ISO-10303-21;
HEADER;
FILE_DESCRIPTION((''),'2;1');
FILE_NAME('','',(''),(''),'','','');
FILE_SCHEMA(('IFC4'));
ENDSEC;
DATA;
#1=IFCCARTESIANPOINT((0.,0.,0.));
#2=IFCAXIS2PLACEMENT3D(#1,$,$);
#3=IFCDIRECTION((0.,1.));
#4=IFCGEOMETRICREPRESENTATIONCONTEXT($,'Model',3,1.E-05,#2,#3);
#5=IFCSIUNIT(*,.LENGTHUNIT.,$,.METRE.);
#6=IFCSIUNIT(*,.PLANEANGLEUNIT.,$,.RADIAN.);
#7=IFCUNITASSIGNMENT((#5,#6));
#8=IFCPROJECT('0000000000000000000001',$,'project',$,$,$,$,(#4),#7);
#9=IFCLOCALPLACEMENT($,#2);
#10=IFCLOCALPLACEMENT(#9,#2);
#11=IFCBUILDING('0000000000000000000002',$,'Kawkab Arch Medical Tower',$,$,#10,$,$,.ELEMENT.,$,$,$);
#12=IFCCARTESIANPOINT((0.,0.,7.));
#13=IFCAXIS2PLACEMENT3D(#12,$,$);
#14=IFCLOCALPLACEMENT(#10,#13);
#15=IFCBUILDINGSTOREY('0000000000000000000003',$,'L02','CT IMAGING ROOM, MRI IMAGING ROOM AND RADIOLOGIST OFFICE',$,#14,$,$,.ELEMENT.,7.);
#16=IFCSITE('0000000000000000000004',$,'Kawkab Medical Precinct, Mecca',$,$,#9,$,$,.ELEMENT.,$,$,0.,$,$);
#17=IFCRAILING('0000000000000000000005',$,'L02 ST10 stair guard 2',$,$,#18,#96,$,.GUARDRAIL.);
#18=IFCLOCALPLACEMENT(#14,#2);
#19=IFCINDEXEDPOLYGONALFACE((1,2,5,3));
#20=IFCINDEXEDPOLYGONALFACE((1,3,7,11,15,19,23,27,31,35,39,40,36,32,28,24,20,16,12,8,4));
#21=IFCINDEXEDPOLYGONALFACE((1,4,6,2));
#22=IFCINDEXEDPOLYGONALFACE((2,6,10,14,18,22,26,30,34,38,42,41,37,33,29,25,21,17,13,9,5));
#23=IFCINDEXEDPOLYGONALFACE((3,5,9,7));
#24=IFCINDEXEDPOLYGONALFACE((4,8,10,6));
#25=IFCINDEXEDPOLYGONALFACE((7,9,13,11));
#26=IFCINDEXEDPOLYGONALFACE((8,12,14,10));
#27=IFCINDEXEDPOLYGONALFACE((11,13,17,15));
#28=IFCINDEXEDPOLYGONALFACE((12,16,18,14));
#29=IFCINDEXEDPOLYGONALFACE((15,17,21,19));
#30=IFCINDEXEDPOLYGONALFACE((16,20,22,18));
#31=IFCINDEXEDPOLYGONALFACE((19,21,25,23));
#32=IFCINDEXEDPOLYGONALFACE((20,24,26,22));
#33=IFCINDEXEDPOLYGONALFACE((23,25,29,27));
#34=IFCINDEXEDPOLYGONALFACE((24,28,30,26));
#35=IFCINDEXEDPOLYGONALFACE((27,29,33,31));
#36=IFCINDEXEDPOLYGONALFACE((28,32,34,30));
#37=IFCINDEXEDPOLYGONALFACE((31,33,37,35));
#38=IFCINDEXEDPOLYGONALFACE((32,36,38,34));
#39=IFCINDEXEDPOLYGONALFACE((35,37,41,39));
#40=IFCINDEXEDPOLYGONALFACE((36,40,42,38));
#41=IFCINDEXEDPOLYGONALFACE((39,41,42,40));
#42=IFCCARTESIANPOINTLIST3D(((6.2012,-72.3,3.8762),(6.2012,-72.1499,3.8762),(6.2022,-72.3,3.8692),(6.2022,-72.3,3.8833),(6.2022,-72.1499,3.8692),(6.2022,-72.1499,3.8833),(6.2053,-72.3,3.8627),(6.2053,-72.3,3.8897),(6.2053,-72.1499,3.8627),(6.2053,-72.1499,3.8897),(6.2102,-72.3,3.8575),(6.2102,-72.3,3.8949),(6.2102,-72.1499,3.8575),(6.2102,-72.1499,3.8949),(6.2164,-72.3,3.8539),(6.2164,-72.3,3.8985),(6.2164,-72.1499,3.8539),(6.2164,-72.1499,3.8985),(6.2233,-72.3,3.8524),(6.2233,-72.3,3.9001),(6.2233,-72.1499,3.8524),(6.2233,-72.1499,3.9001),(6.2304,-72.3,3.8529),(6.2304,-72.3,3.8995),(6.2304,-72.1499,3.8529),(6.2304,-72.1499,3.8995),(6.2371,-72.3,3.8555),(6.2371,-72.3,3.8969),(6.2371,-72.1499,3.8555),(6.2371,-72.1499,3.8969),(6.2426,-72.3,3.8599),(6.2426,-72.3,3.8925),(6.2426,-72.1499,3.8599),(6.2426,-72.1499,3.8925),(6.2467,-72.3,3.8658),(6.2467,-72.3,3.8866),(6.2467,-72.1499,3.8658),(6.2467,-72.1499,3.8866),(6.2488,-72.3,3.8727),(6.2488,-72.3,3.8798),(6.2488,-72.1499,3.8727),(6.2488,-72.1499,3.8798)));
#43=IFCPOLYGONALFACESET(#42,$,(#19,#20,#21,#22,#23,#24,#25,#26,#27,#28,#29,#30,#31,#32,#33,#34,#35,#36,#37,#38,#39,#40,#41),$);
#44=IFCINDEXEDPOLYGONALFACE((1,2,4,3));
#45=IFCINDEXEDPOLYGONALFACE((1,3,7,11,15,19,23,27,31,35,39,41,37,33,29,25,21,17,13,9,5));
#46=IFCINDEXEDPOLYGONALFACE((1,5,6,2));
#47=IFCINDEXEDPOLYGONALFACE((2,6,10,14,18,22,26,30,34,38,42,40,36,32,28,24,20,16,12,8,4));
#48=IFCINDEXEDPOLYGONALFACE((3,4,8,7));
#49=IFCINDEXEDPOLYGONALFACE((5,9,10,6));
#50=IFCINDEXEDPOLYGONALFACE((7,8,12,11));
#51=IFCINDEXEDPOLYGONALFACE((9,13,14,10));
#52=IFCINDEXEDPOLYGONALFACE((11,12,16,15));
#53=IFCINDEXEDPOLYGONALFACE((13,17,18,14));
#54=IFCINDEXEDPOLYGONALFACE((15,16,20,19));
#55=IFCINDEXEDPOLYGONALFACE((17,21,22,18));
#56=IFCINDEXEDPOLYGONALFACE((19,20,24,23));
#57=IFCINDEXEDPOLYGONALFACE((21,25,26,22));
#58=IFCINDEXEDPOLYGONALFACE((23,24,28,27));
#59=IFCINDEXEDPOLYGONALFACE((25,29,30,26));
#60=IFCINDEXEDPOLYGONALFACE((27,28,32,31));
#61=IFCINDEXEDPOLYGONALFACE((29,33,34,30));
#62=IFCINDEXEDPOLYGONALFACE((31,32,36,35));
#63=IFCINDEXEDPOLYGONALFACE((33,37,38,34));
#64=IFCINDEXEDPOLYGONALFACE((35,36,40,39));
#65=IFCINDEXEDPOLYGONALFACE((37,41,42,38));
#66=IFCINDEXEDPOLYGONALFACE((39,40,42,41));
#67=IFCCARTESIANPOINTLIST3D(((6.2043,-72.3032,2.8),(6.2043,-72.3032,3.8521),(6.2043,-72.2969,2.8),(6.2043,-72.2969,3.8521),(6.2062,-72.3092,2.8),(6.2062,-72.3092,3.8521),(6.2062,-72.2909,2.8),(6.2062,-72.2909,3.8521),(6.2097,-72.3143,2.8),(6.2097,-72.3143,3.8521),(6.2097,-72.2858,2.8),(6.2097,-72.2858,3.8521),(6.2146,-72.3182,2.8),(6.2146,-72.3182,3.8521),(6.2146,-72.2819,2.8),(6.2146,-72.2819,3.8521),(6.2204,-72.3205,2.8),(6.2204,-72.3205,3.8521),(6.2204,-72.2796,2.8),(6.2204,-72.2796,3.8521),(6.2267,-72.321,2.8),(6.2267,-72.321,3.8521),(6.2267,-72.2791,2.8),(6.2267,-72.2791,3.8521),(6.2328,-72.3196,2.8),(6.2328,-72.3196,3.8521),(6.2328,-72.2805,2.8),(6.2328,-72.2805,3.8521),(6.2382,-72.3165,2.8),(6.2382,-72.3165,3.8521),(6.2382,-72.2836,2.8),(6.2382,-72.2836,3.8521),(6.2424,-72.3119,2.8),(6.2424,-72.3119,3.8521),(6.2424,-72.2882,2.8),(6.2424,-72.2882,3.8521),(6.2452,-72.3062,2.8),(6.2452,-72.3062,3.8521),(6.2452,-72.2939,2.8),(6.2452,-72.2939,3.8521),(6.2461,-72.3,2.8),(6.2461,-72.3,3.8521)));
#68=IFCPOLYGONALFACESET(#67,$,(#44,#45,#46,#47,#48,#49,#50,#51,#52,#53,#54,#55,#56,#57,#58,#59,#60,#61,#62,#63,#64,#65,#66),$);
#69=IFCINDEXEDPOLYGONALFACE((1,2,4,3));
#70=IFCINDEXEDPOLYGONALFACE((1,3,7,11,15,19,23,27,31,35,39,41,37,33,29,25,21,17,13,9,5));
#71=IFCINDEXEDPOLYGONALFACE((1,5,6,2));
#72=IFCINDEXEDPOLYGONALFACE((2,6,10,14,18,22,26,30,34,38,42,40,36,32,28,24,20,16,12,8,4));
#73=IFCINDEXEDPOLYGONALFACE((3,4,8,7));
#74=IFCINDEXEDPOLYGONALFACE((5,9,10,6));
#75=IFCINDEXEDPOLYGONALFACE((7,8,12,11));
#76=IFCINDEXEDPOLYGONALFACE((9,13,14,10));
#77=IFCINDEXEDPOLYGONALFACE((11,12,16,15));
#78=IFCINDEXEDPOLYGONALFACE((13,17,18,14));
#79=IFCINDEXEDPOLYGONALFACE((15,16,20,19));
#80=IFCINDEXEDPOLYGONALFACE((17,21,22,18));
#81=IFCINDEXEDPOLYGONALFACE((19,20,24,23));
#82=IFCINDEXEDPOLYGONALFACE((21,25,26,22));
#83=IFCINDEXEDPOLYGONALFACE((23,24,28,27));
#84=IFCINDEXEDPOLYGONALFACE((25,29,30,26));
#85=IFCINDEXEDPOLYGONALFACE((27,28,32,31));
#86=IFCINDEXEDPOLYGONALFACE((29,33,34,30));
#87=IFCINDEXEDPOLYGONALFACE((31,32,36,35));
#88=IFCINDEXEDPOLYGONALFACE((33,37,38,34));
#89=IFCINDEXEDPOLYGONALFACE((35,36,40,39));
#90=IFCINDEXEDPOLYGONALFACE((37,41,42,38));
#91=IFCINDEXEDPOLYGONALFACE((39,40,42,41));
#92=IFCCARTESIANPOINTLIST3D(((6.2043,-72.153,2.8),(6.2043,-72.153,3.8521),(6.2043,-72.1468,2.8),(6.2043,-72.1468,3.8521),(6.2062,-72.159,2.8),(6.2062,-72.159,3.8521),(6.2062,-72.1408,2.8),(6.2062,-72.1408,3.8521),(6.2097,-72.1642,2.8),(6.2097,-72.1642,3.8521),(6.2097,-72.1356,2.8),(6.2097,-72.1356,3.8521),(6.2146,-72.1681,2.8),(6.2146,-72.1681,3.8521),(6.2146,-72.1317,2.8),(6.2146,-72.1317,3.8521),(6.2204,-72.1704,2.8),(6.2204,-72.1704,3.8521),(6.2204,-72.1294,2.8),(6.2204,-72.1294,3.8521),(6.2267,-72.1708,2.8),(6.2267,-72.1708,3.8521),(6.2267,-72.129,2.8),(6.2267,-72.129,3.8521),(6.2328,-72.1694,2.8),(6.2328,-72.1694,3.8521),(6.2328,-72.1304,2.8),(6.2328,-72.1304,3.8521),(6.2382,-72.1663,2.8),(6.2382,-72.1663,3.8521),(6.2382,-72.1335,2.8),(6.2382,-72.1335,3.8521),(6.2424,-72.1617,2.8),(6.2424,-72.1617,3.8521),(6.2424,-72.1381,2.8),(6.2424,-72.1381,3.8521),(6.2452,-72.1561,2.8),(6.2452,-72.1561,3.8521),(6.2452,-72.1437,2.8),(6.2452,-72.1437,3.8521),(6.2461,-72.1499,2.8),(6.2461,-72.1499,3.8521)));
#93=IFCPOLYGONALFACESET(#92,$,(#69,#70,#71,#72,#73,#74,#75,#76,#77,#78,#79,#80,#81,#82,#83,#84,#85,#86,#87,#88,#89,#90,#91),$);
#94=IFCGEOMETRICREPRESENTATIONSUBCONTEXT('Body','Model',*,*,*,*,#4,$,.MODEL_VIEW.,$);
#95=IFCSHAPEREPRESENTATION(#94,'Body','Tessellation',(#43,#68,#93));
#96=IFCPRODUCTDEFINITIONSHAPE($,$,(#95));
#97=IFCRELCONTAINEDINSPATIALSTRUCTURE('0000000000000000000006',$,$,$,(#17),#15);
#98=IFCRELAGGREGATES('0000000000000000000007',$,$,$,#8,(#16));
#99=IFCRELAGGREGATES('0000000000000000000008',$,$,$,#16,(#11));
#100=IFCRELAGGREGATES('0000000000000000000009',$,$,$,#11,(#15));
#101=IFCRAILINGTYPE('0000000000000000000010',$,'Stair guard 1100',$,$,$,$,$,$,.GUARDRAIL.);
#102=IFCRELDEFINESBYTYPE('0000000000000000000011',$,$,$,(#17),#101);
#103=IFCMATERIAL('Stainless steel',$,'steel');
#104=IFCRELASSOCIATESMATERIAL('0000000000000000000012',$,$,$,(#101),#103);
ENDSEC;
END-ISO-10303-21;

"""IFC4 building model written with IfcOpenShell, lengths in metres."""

from ifc_helpers import new_model, si_unit, direction, frame, origin, origin_2d, place, context, subcontext, project, spatial, circle, extrude, material, type_object, element, save


model = new_model("IFC4")

# Units and contexts
model_context = context("Model", 3, precision=1e-05, world=origin(), true_north=direction((0.0, 1.0)))
body_context = subcontext(model_context, "Body", "Model", "MODEL_VIEW")
ifc_project = project(units=[si_unit("LENGTHUNIT", "METRE"), si_unit("PLANEANGLEUNIT", "RADIAN")], contexts=[model_context])

# Site, building, storey
site_placement = place(None, origin())
site = spatial("IfcSite", under=ifc_project, at=site_placement, Name="Kawkab Medical Precinct, Mecca", CompositionType="ELEMENT", RefElevation=0.0)
building_placement = place(site_placement, origin())
building = spatial("IfcBuilding", under=site, at=building_placement, Name="Kawkab Arch Medical Tower", CompositionType="ELEMENT")
storey_placement = place(building_placement, frame((0.0, 0.0, 7.0)))
storey = spatial("IfcBuildingStorey", under=building, at=storey_placement, Name="L02", Description="CT IMAGING ROOM, MRI IMAGING ROOM AND RADIOLOGIST OFFICE", CompositionType="ELEMENT", Elevation=7.0)

# Railing
ifc_material_1 = material(Name="Stainless steel", Category="steel")
railing_type = type_object("IfcRailingType", Name="Stair guard 1100", PredefinedType="GUARDRAIL", material=ifc_material_1)
railing_1_placement = place(storey_placement, frame((6.2251, -72.3, 2.8)))
element("IfcRailing", 1, at=railing_1_placement, inside=storey, type_object=railing_type, Name="L02 ST10 stair guard 2", PredefinedType="GUARDRAIL", context=body_context, shape_type="SweptSolid", body=[
    extrude(circle(Radius=0.0239, at=origin_2d()), frame((0.0, 0.0, 1.0762), z_axis=(0.0, 1.0, 0.0), x_axis=(-1.0, 0.0, 0.0)), (0.0, 0.0, 1.0), 0.1501),
    extrude(circle(Radius=0.021, at=origin_2d()), origin(), (0.0, 0.0, 1.0), 1.052),
    extrude(circle(Radius=0.021, at=origin_2d()), frame((0.0, 0.1501, 0.0)), (0.0, 0.0, 1.0), 1.052),
])

save(model, "model.ifc")
